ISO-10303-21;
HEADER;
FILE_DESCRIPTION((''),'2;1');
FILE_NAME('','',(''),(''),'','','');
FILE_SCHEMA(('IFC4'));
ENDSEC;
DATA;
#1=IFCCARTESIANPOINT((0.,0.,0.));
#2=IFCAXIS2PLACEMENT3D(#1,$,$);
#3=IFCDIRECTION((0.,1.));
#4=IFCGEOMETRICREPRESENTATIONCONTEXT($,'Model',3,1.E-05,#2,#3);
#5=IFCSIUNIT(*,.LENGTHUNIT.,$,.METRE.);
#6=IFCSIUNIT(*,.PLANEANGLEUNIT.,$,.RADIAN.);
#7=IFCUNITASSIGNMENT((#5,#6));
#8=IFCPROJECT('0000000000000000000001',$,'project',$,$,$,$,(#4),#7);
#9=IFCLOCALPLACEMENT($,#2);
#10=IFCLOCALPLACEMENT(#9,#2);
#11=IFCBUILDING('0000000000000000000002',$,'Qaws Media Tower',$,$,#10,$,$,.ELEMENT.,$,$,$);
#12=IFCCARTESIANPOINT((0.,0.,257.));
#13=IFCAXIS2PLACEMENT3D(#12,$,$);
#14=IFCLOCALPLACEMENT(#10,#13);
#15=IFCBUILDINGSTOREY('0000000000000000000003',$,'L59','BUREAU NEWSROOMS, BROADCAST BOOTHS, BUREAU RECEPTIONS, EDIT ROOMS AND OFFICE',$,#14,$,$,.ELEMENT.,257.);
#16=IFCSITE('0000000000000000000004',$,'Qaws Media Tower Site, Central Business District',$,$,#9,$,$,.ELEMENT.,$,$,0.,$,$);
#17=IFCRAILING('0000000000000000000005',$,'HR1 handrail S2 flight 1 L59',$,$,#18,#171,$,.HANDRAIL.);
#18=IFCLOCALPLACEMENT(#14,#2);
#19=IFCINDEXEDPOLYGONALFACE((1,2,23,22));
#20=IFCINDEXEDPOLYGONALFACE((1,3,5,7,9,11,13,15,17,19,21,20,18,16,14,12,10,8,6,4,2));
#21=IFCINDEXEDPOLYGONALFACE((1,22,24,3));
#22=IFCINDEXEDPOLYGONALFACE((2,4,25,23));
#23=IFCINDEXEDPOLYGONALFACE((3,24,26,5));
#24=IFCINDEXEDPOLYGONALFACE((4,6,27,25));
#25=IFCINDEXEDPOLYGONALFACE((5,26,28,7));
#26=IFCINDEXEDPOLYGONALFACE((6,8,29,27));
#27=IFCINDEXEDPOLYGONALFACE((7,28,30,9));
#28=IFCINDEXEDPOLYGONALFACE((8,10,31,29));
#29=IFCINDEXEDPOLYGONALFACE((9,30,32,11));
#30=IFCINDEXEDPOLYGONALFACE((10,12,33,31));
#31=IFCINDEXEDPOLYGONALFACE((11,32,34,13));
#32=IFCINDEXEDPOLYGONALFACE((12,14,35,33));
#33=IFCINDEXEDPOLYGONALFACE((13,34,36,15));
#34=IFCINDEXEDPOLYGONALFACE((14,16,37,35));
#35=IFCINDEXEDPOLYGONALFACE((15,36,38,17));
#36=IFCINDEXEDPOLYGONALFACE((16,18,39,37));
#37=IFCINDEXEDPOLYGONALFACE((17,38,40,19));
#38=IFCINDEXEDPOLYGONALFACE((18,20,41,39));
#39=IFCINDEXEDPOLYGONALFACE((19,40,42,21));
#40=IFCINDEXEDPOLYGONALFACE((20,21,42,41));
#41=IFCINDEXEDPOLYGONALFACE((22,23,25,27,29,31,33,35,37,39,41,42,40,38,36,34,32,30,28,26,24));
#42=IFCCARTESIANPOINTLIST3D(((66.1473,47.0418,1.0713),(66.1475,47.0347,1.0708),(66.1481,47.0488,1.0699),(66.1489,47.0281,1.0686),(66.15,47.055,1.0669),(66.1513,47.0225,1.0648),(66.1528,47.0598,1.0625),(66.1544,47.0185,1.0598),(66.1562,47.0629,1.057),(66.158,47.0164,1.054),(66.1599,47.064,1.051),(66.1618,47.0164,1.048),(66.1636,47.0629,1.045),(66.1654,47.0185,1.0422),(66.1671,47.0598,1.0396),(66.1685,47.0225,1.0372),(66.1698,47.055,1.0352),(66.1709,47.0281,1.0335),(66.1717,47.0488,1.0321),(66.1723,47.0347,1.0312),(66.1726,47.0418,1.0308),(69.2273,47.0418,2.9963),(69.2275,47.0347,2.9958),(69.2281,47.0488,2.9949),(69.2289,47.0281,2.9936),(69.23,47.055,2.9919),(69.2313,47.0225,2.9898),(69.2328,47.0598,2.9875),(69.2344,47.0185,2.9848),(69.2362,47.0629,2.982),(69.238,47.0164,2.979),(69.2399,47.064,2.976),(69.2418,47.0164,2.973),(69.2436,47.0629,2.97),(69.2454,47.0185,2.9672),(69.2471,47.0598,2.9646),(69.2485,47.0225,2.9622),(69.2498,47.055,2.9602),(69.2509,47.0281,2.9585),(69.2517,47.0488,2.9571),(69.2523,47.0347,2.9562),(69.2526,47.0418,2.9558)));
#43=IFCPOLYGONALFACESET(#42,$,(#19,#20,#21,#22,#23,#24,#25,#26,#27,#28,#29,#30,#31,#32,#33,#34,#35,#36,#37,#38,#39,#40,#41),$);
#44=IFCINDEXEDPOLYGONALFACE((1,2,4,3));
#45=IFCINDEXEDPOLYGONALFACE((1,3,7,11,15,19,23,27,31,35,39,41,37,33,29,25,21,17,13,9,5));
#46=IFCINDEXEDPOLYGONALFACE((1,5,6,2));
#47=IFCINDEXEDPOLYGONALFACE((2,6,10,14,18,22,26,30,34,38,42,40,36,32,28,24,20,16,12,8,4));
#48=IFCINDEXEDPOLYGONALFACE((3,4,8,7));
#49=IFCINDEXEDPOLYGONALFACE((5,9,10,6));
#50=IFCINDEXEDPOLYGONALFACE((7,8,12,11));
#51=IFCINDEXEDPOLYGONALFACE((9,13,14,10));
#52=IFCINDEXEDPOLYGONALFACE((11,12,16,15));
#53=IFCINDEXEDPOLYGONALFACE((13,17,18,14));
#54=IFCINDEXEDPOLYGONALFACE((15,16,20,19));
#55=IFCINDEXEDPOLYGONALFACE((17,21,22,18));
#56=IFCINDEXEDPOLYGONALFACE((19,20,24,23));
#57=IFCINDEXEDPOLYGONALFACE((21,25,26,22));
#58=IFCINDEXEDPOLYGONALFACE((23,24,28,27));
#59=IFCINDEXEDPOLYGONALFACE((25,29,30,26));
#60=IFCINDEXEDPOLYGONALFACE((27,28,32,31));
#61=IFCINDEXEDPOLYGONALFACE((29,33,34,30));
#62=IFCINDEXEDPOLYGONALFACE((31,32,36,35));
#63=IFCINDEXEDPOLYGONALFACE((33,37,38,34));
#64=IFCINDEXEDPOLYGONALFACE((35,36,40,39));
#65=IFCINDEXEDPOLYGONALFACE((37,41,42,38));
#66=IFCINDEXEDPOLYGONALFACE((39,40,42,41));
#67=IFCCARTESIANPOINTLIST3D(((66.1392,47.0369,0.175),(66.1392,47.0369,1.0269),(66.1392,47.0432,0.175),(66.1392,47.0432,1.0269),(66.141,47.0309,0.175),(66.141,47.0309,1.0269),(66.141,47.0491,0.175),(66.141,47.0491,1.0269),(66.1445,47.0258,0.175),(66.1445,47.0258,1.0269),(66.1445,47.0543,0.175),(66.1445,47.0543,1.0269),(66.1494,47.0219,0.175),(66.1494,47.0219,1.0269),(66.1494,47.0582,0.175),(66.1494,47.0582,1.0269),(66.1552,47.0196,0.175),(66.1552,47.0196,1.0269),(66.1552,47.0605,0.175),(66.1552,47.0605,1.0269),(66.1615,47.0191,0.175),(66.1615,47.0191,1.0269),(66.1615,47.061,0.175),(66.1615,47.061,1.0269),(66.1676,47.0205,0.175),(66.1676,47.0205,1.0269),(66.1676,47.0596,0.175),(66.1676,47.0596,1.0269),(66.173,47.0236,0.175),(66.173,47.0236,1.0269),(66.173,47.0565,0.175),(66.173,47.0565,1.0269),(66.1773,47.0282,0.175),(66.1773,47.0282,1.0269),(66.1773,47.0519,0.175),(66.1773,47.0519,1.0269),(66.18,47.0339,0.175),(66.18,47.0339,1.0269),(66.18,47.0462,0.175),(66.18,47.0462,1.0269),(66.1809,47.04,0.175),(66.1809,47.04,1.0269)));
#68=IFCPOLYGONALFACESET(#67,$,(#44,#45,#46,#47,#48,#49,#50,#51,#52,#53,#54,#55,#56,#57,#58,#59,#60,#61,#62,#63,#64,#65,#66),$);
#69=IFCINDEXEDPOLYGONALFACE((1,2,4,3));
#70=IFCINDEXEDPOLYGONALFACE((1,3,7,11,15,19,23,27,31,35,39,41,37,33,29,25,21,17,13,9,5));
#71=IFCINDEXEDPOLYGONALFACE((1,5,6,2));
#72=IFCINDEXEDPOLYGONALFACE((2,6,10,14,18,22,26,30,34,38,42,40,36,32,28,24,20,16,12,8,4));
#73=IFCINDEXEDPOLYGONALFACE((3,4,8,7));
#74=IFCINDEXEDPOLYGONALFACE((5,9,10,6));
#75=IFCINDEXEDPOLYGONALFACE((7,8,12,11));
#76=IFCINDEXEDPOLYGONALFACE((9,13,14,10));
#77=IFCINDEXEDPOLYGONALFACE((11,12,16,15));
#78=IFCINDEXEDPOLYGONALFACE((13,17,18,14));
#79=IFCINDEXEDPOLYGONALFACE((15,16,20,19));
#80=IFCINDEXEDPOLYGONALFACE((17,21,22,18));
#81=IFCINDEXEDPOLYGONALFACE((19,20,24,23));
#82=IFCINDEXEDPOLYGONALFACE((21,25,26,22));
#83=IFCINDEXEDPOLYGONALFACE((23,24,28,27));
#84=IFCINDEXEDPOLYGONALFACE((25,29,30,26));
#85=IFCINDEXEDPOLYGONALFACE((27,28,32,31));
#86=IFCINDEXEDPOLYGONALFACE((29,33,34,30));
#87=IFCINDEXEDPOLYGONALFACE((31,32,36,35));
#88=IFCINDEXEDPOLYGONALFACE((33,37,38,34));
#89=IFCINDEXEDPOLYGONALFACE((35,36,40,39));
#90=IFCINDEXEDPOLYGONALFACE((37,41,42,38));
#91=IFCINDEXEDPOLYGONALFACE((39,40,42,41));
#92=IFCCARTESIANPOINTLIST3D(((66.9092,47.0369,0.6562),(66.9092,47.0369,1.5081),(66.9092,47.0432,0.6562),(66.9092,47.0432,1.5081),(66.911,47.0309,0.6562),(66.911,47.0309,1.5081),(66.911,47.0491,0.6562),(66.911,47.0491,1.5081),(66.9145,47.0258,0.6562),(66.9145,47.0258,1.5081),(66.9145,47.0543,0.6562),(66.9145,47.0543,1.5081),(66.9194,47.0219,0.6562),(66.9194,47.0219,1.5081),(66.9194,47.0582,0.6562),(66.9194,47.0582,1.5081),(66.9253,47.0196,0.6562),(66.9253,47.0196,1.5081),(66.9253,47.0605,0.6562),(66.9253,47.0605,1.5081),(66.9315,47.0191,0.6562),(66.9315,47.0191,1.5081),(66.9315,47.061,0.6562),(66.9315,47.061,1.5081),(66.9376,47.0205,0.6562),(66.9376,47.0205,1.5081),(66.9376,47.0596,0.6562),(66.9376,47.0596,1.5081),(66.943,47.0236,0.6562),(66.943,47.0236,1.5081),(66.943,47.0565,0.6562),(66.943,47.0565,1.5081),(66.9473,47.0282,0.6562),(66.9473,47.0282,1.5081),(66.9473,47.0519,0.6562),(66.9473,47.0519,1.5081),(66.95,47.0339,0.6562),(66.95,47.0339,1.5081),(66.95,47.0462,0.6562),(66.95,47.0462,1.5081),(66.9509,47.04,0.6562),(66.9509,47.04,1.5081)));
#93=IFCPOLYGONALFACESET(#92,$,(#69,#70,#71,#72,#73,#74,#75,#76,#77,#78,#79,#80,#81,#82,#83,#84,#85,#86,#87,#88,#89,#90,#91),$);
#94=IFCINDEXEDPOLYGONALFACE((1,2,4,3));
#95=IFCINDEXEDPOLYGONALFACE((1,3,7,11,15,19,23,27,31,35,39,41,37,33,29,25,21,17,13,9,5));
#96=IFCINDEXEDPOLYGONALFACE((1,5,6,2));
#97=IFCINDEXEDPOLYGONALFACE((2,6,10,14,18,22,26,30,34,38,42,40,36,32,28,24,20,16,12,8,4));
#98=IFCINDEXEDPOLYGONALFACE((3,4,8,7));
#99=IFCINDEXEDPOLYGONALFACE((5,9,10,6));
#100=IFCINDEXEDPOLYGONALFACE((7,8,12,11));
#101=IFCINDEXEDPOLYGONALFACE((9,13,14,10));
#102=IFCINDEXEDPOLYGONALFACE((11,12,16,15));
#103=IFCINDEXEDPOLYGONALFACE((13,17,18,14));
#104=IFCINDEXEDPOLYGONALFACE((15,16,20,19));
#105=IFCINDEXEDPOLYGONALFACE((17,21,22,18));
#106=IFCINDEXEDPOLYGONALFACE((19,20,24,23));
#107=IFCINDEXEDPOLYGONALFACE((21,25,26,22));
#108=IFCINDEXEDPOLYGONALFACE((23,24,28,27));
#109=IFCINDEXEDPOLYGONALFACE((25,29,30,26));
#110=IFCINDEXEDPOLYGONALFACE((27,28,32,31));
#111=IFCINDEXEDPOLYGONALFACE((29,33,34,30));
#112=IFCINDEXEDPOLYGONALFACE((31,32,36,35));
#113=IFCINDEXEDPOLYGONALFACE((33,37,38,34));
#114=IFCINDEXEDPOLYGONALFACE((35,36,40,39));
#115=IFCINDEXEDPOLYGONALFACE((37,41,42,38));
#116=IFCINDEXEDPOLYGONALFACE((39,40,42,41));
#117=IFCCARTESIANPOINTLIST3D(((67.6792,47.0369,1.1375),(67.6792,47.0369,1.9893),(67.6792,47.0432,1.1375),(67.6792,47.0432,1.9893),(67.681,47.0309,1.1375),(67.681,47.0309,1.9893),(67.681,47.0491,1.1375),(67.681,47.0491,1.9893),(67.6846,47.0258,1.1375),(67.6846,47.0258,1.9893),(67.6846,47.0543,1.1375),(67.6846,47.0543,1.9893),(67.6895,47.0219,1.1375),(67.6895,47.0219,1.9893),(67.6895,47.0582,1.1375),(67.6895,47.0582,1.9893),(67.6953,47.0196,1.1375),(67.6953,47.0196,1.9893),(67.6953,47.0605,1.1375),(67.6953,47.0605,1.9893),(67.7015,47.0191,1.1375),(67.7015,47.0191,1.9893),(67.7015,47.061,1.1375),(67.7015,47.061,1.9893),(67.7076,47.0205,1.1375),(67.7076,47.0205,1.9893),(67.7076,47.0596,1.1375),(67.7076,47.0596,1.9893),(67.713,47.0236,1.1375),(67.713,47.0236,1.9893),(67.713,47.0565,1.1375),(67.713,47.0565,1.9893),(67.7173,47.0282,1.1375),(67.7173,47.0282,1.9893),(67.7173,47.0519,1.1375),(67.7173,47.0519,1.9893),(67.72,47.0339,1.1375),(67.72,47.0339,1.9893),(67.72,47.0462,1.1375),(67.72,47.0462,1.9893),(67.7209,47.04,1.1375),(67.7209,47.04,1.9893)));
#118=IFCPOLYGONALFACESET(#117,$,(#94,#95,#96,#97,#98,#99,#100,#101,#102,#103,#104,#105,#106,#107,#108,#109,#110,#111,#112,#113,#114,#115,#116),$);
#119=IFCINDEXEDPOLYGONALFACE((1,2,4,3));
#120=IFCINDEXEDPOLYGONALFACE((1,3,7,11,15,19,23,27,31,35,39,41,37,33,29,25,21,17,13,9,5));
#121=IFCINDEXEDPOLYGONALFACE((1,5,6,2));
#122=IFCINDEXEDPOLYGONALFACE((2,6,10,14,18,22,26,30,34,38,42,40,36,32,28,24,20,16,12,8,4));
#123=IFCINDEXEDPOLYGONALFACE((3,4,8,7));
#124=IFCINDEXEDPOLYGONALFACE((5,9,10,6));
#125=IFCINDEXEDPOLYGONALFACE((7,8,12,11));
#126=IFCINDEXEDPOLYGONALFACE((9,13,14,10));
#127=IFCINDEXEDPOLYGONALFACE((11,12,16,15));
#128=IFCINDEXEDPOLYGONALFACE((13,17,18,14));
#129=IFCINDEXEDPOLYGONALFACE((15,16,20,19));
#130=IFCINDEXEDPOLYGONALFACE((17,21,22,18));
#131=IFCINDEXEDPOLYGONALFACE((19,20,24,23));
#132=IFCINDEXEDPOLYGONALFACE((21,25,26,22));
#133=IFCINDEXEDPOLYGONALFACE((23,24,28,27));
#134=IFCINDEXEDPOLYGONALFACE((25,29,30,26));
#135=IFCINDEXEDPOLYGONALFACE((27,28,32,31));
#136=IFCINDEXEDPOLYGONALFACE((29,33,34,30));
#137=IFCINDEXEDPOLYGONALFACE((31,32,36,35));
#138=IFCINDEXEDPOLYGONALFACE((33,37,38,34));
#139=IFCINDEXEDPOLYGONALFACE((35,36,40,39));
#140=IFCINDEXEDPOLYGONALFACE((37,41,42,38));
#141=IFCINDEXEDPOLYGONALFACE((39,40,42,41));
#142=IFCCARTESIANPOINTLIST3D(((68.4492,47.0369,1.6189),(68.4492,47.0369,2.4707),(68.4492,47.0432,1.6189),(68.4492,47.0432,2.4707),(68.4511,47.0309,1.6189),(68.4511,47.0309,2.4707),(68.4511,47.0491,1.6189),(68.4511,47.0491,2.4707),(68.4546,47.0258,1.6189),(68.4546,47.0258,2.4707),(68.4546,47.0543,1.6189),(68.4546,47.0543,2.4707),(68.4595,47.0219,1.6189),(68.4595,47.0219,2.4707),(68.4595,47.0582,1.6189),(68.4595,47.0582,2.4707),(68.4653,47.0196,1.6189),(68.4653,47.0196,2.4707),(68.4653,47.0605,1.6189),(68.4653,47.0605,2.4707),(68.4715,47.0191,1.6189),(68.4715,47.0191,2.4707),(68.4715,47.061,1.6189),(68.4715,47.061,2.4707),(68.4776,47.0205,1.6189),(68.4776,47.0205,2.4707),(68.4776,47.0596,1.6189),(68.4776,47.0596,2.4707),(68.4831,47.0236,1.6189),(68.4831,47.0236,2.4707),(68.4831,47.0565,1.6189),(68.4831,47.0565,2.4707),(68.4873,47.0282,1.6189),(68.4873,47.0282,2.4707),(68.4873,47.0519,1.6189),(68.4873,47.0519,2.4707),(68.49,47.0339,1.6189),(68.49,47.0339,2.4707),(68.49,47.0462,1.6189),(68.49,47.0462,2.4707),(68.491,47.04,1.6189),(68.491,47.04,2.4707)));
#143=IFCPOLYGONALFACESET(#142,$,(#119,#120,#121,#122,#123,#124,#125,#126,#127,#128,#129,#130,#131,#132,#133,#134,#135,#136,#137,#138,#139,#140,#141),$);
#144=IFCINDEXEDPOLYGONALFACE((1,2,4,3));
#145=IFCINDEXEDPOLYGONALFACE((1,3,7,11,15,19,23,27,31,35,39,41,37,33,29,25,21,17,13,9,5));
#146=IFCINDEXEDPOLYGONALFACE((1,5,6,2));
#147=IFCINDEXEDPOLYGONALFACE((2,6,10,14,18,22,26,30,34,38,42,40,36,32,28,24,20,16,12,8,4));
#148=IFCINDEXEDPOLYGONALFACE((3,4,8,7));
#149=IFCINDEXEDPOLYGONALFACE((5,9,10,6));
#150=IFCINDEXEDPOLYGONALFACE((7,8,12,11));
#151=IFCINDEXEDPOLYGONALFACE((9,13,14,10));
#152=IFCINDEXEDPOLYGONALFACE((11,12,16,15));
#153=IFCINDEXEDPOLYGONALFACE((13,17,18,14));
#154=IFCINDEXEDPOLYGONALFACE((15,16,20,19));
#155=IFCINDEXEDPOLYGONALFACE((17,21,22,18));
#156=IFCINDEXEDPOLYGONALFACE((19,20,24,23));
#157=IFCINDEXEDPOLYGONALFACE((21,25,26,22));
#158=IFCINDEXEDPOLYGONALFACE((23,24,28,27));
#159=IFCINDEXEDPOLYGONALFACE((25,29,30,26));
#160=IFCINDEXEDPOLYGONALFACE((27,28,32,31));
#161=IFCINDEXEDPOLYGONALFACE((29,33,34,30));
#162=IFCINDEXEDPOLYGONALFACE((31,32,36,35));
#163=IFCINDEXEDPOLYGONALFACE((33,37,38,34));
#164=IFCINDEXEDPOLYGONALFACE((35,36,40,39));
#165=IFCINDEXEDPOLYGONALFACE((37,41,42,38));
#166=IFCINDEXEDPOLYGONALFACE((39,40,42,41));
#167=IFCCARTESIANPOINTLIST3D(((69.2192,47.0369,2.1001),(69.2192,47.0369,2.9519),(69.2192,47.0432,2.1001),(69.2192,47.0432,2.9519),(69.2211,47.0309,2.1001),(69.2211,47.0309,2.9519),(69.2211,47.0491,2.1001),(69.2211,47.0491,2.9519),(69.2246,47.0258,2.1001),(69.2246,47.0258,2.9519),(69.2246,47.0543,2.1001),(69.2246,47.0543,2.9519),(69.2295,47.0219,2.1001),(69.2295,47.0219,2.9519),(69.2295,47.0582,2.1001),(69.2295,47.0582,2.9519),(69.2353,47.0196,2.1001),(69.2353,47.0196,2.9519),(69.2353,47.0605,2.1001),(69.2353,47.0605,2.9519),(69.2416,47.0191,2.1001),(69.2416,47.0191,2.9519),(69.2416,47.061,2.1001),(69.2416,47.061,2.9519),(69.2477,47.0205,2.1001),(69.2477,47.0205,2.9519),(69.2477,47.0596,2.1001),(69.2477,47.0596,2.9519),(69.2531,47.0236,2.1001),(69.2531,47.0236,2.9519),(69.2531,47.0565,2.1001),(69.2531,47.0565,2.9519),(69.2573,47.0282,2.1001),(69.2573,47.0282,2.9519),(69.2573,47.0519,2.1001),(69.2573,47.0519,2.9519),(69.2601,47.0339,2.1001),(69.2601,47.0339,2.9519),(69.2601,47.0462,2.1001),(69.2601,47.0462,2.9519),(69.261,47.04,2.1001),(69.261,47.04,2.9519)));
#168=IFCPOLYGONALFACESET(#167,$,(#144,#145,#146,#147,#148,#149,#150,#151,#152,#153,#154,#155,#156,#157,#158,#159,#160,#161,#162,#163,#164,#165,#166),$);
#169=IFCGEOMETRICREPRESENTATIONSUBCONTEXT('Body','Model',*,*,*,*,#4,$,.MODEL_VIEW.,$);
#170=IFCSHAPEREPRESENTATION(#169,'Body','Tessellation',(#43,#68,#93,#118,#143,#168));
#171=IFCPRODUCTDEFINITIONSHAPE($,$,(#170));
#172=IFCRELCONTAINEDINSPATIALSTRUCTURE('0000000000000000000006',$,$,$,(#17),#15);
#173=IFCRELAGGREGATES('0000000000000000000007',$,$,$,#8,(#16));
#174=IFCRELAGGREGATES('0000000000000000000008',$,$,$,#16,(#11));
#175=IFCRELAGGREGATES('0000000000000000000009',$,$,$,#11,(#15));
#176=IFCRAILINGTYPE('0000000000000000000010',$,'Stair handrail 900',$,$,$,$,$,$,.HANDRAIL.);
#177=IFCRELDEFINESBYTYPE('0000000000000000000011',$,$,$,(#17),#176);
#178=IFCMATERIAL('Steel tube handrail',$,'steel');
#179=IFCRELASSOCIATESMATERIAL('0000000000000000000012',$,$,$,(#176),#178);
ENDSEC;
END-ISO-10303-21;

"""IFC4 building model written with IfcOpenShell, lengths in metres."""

from ifc_helpers import new_model, si_unit, direction, frame, origin, origin_2d, place, context, subcontext, project, spatial, circle, extrude, material, type_object, element, save


model = new_model("IFC4")

# Units and contexts
model_context = context("Model", 3, precision=1e-05, world=origin(), true_north=direction((0.0, 1.0)))
body_context = subcontext(model_context, "Body", "Model", "MODEL_VIEW")
ifc_project = project(units=[si_unit("LENGTHUNIT", "METRE"), si_unit("PLANEANGLEUNIT", "RADIAN")], contexts=[model_context])

# Site, building, storey
site_placement = place(None, origin())
site = spatial("IfcSite", under=ifc_project, at=site_placement, Name="Qaws Media Tower Site, Central Business District", CompositionType="ELEMENT", RefElevation=0.0)
building_placement = place(site_placement, origin())
building = spatial("IfcBuilding", under=site, at=building_placement, Name="Qaws Media Tower", CompositionType="ELEMENT")
storey_placement = place(building_placement, frame((0.0, 0.0, 257.0)))
storey = spatial("IfcBuildingStorey", under=building, at=storey_placement, Name="L59", Description="BUREAU NEWSROOMS, BROADCAST BOOTHS, BUREAU RECEPTIONS, EDIT ROOMS AND OFFICE", CompositionType="ELEMENT", Elevation=257.0)

# Railing
ifc_material_1 = material(Name="Steel tube handrail", Category="steel")
railing_type = type_object("IfcRailingType", Name="Stair handrail 900", PredefinedType="HANDRAIL", material=ifc_material_1)
for number, where, name in (
    (1, (66.1599, 47.04, 0.175), "HR1 handrail S2 flight 1 L59"),
):
    element("IfcRailing", number, at=place(storey_placement, frame(where)), inside=storey, type_object=railing_type, Name=name, PredefinedType="HANDRAIL", context=body_context, shape_type="SweptSolid", body=[
        extrude(circle(Radius=0.0239, at=origin_2d()), frame((0.0, 0.0, 0.876), z_axis=(0.847998, 0.0, 0.529999), x_axis=(0.0, 1.0, 0.0)), (0.0, 0.0, 1.0), 3.6321),
        extrude(circle(Radius=0.021, at=origin_2d()), origin(), (0.0, 0.0, 1.0), 0.8518),
        extrude(circle(Radius=0.021, at=origin_2d()), frame((0.77, 0.0, 0.4812)), (0.0, 0.0, 1.0), 0.8518),
        extrude(circle(Radius=0.021, at=origin_2d()), frame((1.54, 0.0, 0.9624)), (0.0, 0.0, 1.0), 0.8518),
        extrude(circle(Radius=0.021, at=origin_2d()), frame((2.3101, 0.0, 1.4438)), (0.0, 0.0, 1.0), 0.8518),
        extrude(circle(Radius=0.021, at=origin_2d()), frame((3.0801, 0.0, 1.925)), (0.0, 0.0, 1.0), 0.8518),
    ])

save(model, "model.ifc")
